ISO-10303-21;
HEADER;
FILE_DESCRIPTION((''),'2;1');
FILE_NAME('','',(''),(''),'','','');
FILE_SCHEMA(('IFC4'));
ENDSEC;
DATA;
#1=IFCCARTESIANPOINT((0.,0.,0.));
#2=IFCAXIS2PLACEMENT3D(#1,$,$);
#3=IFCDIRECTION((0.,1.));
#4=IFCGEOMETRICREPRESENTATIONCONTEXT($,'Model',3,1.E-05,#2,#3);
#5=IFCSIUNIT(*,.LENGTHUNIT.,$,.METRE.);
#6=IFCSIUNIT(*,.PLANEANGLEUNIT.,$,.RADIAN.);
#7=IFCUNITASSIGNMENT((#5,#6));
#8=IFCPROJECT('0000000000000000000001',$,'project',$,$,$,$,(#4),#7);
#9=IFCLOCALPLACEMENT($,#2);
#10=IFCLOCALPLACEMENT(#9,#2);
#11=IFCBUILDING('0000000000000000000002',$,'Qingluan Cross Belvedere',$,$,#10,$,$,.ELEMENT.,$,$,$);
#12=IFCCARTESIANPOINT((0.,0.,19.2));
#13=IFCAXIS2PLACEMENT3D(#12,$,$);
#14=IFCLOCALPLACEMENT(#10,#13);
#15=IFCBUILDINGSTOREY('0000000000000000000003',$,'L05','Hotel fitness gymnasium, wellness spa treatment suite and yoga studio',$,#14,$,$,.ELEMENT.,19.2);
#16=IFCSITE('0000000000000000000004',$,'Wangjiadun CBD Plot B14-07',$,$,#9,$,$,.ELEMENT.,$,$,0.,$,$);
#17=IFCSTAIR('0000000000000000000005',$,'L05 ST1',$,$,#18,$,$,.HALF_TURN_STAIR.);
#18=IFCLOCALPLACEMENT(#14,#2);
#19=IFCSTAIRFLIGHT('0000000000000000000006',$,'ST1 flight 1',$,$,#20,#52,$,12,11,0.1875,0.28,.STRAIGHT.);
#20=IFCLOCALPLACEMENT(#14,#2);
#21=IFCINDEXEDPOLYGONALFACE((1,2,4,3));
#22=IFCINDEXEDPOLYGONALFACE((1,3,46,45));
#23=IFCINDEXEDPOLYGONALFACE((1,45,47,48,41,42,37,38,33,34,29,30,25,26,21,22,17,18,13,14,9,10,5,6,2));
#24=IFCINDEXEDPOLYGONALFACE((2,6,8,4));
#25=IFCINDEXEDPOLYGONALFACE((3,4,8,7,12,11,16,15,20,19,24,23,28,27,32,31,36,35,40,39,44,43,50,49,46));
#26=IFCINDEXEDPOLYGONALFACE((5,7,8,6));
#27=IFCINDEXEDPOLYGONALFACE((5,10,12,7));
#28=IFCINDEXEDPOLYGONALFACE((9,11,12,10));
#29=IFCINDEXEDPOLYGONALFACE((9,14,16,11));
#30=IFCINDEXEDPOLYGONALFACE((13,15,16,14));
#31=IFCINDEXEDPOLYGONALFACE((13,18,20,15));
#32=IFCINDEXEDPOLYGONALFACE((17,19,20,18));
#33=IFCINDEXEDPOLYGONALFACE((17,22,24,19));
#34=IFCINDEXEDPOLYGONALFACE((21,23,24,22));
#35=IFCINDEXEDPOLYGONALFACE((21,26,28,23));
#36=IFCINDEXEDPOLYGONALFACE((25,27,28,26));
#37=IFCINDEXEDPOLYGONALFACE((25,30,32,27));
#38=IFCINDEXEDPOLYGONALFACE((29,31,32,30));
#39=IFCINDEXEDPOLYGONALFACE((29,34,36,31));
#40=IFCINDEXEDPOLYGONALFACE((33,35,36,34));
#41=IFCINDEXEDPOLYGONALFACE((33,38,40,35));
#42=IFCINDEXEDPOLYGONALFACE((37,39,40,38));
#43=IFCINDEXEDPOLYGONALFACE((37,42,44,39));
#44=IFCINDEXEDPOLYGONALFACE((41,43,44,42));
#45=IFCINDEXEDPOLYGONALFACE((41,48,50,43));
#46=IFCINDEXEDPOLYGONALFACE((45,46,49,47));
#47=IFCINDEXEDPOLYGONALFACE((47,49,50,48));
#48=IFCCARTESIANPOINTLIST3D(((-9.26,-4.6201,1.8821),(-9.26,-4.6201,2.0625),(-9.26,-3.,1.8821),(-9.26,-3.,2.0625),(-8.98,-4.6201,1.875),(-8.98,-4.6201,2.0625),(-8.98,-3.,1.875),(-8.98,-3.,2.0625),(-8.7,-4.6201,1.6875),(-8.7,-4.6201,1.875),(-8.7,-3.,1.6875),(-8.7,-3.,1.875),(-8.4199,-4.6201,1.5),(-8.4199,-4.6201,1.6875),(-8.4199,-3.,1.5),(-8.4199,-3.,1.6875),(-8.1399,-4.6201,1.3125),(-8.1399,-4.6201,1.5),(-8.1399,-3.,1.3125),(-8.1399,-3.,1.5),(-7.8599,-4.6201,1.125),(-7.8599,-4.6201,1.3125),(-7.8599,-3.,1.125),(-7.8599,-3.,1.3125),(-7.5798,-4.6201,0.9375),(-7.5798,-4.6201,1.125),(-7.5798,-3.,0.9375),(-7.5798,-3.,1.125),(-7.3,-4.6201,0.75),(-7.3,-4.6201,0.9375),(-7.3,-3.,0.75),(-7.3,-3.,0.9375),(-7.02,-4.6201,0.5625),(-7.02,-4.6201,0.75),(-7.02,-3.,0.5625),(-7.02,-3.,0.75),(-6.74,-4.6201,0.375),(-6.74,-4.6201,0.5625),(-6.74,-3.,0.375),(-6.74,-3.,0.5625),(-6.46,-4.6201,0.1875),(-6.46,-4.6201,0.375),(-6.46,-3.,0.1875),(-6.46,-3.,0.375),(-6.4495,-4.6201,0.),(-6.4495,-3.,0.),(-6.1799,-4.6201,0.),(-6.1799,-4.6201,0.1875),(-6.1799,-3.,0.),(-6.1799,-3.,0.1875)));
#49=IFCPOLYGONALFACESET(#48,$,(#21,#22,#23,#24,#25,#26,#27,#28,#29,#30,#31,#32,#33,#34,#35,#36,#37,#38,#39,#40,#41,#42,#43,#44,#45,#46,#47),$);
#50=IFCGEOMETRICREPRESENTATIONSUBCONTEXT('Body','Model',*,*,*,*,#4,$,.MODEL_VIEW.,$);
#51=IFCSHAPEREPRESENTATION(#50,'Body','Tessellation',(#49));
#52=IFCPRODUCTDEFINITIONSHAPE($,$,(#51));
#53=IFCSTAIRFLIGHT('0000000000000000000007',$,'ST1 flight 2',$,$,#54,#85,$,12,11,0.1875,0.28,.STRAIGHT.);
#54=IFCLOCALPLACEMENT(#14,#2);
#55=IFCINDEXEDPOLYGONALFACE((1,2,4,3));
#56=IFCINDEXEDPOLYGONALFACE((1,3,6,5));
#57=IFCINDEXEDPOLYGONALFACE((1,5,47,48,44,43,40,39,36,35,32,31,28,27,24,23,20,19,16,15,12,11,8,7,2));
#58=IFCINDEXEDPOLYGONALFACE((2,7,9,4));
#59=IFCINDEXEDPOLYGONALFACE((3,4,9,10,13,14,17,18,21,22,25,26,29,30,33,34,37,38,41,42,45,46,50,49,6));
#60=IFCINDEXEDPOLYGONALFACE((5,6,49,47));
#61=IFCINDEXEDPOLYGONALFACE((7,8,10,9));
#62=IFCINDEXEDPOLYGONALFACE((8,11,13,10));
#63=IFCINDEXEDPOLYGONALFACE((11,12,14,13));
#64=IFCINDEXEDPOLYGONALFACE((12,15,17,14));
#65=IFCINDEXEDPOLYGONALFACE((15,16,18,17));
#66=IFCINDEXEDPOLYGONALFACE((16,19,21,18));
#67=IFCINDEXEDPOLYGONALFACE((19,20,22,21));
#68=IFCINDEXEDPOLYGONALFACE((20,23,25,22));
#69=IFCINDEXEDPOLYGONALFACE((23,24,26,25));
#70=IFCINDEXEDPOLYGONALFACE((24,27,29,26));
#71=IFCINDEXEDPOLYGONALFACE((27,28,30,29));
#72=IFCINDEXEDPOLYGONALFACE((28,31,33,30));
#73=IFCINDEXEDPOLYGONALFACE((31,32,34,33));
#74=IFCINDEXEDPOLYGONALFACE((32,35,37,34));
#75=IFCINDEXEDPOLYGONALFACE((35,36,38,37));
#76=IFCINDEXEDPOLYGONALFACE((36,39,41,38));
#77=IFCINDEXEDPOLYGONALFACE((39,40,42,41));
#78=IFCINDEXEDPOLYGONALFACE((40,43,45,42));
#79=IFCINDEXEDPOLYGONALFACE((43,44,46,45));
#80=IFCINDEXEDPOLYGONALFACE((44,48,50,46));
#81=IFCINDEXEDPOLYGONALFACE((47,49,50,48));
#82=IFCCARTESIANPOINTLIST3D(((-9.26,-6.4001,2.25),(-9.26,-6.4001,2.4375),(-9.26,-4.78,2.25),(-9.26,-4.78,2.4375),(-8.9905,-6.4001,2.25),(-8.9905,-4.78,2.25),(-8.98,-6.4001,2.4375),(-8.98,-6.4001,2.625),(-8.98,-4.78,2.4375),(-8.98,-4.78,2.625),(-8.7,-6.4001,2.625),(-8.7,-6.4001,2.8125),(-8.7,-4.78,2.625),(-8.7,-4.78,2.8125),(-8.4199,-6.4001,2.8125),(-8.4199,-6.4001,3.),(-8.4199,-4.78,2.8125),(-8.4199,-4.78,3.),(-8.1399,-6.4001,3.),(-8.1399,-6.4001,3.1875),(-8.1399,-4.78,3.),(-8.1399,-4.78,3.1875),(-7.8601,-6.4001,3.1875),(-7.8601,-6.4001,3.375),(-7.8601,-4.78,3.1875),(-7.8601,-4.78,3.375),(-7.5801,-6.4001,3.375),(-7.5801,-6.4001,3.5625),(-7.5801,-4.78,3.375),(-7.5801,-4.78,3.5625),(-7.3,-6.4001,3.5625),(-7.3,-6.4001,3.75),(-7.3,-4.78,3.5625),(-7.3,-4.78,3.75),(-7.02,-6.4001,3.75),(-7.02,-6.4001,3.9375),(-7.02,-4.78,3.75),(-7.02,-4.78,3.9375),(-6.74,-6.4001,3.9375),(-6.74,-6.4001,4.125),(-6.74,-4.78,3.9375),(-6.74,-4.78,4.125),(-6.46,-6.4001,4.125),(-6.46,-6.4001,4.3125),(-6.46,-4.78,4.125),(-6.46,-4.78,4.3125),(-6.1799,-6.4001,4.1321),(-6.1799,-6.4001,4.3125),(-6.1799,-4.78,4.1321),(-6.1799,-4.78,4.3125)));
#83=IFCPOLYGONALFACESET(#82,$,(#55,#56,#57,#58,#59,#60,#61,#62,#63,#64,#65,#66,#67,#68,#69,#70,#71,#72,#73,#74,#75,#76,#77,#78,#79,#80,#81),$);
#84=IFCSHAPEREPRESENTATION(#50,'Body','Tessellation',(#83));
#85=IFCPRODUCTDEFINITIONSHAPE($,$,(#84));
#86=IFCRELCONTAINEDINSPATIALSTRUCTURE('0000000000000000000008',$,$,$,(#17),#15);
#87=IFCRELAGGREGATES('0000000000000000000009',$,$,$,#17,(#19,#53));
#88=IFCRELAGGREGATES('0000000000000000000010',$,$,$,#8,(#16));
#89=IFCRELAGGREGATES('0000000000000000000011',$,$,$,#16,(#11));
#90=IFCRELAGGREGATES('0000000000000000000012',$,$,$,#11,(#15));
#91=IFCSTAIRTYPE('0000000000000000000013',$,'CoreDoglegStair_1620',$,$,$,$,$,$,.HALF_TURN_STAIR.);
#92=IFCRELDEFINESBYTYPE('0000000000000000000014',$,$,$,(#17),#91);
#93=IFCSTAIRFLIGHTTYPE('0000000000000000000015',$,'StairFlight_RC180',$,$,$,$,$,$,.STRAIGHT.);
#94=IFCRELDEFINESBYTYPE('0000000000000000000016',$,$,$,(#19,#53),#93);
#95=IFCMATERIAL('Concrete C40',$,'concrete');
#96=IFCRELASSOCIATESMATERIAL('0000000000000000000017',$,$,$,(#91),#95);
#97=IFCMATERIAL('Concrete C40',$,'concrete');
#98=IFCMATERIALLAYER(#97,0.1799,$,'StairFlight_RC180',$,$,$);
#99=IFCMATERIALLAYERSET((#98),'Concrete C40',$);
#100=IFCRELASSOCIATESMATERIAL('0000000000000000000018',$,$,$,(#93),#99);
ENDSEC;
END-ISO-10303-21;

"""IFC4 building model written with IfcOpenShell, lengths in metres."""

from ifc_helpers import new_model, si_unit, direction, frame, origin, place, context, subcontext, project, spatial, polyline, outline, extrude, material, layer, layer_set, type_object, element, aggregate, save


model = new_model("IFC4")

# Units and contexts
model_context = context("Model", 3, precision=1e-05, world=origin(), true_north=direction((0.0, 1.0)))
body_context = subcontext(model_context, "Body", "Model", "MODEL_VIEW")
ifc_project = project(units=[si_unit("LENGTHUNIT", "METRE"), si_unit("PLANEANGLEUNIT", "RADIAN")], contexts=[model_context])

# Site, building, storey
site_placement = place(None, origin())
site = spatial("IfcSite", under=ifc_project, at=site_placement, Name="Wangjiadun CBD Plot B14-07", CompositionType="ELEMENT", RefElevation=0.0)
building_placement = place(site_placement, origin())
building = spatial("IfcBuilding", under=site, at=building_placement, Name="Qingluan Cross Belvedere", CompositionType="ELEMENT")
storey_placement = place(building_placement, frame((0.0, 0.0, 19.2)))
storey = spatial("IfcBuildingStorey", under=building, at=storey_placement, Name="L05", Description="Hotel fitness gymnasium, wellness spa treatment suite and yoga studio", CompositionType="ELEMENT", Elevation=19.2)

# Stair, stair flights
ifc_material_1 = material(Name="Concrete C40", Category="concrete")
stair_type = type_object("IfcStairType", Name="CoreDoglegStair_1620", PredefinedType="HALF_TURN_STAIR", material=ifc_material_1)
stair_placement = place(storey_placement, origin())
stair = element("IfcStair", 1, at=stair_placement, inside=storey, type_object=stair_type, Name="L05 ST1", PredefinedType="HALF_TURN_STAIR")
ifc_material_2 = material(Name="Concrete C40", Category="concrete")
ifc_layer_1 = layer(ifc_material_2, 0.1799, Name="StairFlight_RC180")
ifc_layer_set_1 = layer_set([ifc_layer_1], Name="Concrete C40")
stair_flight_type = type_object("IfcStairFlightType", Name="StairFlight_RC180", PredefinedType="STRAIGHT", material=ifc_layer_set_1)
stair_flight_1_placement = place(storey_placement, frame((-6.1799, -3.8101, 0.0), z_axis=(0.0, 0.0, 1.0), x_axis=(-1.0, 0.0, 0.0)))
stair_flight_1 = element("IfcStairFlight", 2, at=stair_flight_1_placement, type_object=stair_flight_type, Name="ST1 flight 1", NumberOfRisers=12, NumberOfTreads=11, PredefinedType="STRAIGHT", RiserHeight=0.1875, TreadLength=0.28, context=body_context, shape_type="SweptSolid", body=[
    extrude(outline(polyline([(0.0, 0.0), (0.0, 0.1875), (0.28, 0.1875), (0.28, 0.375), (0.5601, 0.375), (0.5601, 0.5625), (0.8401, 0.5625), (0.8401, 0.75), (1.1201, 0.75), (1.1201, 0.9375), (1.3999, 0.9375), (1.3999, 1.125), (1.6799, 1.125), (1.6799, 1.3125), (1.96, 1.3125), (1.96, 1.5), (2.24, 1.5), (2.24, 1.6875), (2.52, 1.6875), (2.52, 1.875), (2.8, 1.875), (2.8, 2.0625), (3.0801, 2.0625), (3.0801, 2.25), (3.0801, 1.8821), (0.2695, 0.0), (0.0, 0.0)])), frame((0.0, 0.8101, 0.0), z_axis=(0.0, -1.0, 0.0), x_axis=(1.0, 0.0, 0.0)), (0.0, 0.0, 1.0), 1.6201),
])
stair_flight_2_placement = place(storey_placement, frame((-9.26, -5.5901, 2.25), z_axis=(0.0, 0.0, 1.0), x_axis=(1.0, 0.0, 0.0)))
stair_flight_2 = element("IfcStairFlight", 3, at=stair_flight_2_placement, type_object=stair_flight_type, Name="ST1 flight 2", NumberOfRisers=12, NumberOfTreads=11, PredefinedType="STRAIGHT", RiserHeight=0.1875, TreadLength=0.28, context=body_context, shape_type="SweptSolid", body=[
    extrude(outline(polyline([(0.0, 0.0), (0.0, 0.1875), (0.28, 0.1875), (0.28, 0.375), (0.5601, 0.375), (0.5601, 0.5625), (0.8401, 0.5625), (0.8401, 0.75), (1.1201, 0.75), (1.1201, 0.9375), (1.3999, 0.9375), (1.3999, 1.125), (1.6799, 1.125), (1.6799, 1.3125), (1.96, 1.3125), (1.96, 1.5), (2.24, 1.5), (2.24, 1.6875), (2.52, 1.6875), (2.52, 1.875), (2.8, 1.875), (2.8, 2.0625), (3.0801, 2.0625), (3.0801, 2.25), (3.0801, 1.8821), (0.2695, 0.0), (0.0, 0.0)])), frame((0.0, 0.8101, 0.0), z_axis=(0.0, -1.0, 0.0), x_axis=(1.0, 0.0, 0.0)), (0.0, 0.0, 1.0), 1.6201),
])
aggregate(stair, [stair_flight_1, stair_flight_2])

save(model, "model.ifc")
